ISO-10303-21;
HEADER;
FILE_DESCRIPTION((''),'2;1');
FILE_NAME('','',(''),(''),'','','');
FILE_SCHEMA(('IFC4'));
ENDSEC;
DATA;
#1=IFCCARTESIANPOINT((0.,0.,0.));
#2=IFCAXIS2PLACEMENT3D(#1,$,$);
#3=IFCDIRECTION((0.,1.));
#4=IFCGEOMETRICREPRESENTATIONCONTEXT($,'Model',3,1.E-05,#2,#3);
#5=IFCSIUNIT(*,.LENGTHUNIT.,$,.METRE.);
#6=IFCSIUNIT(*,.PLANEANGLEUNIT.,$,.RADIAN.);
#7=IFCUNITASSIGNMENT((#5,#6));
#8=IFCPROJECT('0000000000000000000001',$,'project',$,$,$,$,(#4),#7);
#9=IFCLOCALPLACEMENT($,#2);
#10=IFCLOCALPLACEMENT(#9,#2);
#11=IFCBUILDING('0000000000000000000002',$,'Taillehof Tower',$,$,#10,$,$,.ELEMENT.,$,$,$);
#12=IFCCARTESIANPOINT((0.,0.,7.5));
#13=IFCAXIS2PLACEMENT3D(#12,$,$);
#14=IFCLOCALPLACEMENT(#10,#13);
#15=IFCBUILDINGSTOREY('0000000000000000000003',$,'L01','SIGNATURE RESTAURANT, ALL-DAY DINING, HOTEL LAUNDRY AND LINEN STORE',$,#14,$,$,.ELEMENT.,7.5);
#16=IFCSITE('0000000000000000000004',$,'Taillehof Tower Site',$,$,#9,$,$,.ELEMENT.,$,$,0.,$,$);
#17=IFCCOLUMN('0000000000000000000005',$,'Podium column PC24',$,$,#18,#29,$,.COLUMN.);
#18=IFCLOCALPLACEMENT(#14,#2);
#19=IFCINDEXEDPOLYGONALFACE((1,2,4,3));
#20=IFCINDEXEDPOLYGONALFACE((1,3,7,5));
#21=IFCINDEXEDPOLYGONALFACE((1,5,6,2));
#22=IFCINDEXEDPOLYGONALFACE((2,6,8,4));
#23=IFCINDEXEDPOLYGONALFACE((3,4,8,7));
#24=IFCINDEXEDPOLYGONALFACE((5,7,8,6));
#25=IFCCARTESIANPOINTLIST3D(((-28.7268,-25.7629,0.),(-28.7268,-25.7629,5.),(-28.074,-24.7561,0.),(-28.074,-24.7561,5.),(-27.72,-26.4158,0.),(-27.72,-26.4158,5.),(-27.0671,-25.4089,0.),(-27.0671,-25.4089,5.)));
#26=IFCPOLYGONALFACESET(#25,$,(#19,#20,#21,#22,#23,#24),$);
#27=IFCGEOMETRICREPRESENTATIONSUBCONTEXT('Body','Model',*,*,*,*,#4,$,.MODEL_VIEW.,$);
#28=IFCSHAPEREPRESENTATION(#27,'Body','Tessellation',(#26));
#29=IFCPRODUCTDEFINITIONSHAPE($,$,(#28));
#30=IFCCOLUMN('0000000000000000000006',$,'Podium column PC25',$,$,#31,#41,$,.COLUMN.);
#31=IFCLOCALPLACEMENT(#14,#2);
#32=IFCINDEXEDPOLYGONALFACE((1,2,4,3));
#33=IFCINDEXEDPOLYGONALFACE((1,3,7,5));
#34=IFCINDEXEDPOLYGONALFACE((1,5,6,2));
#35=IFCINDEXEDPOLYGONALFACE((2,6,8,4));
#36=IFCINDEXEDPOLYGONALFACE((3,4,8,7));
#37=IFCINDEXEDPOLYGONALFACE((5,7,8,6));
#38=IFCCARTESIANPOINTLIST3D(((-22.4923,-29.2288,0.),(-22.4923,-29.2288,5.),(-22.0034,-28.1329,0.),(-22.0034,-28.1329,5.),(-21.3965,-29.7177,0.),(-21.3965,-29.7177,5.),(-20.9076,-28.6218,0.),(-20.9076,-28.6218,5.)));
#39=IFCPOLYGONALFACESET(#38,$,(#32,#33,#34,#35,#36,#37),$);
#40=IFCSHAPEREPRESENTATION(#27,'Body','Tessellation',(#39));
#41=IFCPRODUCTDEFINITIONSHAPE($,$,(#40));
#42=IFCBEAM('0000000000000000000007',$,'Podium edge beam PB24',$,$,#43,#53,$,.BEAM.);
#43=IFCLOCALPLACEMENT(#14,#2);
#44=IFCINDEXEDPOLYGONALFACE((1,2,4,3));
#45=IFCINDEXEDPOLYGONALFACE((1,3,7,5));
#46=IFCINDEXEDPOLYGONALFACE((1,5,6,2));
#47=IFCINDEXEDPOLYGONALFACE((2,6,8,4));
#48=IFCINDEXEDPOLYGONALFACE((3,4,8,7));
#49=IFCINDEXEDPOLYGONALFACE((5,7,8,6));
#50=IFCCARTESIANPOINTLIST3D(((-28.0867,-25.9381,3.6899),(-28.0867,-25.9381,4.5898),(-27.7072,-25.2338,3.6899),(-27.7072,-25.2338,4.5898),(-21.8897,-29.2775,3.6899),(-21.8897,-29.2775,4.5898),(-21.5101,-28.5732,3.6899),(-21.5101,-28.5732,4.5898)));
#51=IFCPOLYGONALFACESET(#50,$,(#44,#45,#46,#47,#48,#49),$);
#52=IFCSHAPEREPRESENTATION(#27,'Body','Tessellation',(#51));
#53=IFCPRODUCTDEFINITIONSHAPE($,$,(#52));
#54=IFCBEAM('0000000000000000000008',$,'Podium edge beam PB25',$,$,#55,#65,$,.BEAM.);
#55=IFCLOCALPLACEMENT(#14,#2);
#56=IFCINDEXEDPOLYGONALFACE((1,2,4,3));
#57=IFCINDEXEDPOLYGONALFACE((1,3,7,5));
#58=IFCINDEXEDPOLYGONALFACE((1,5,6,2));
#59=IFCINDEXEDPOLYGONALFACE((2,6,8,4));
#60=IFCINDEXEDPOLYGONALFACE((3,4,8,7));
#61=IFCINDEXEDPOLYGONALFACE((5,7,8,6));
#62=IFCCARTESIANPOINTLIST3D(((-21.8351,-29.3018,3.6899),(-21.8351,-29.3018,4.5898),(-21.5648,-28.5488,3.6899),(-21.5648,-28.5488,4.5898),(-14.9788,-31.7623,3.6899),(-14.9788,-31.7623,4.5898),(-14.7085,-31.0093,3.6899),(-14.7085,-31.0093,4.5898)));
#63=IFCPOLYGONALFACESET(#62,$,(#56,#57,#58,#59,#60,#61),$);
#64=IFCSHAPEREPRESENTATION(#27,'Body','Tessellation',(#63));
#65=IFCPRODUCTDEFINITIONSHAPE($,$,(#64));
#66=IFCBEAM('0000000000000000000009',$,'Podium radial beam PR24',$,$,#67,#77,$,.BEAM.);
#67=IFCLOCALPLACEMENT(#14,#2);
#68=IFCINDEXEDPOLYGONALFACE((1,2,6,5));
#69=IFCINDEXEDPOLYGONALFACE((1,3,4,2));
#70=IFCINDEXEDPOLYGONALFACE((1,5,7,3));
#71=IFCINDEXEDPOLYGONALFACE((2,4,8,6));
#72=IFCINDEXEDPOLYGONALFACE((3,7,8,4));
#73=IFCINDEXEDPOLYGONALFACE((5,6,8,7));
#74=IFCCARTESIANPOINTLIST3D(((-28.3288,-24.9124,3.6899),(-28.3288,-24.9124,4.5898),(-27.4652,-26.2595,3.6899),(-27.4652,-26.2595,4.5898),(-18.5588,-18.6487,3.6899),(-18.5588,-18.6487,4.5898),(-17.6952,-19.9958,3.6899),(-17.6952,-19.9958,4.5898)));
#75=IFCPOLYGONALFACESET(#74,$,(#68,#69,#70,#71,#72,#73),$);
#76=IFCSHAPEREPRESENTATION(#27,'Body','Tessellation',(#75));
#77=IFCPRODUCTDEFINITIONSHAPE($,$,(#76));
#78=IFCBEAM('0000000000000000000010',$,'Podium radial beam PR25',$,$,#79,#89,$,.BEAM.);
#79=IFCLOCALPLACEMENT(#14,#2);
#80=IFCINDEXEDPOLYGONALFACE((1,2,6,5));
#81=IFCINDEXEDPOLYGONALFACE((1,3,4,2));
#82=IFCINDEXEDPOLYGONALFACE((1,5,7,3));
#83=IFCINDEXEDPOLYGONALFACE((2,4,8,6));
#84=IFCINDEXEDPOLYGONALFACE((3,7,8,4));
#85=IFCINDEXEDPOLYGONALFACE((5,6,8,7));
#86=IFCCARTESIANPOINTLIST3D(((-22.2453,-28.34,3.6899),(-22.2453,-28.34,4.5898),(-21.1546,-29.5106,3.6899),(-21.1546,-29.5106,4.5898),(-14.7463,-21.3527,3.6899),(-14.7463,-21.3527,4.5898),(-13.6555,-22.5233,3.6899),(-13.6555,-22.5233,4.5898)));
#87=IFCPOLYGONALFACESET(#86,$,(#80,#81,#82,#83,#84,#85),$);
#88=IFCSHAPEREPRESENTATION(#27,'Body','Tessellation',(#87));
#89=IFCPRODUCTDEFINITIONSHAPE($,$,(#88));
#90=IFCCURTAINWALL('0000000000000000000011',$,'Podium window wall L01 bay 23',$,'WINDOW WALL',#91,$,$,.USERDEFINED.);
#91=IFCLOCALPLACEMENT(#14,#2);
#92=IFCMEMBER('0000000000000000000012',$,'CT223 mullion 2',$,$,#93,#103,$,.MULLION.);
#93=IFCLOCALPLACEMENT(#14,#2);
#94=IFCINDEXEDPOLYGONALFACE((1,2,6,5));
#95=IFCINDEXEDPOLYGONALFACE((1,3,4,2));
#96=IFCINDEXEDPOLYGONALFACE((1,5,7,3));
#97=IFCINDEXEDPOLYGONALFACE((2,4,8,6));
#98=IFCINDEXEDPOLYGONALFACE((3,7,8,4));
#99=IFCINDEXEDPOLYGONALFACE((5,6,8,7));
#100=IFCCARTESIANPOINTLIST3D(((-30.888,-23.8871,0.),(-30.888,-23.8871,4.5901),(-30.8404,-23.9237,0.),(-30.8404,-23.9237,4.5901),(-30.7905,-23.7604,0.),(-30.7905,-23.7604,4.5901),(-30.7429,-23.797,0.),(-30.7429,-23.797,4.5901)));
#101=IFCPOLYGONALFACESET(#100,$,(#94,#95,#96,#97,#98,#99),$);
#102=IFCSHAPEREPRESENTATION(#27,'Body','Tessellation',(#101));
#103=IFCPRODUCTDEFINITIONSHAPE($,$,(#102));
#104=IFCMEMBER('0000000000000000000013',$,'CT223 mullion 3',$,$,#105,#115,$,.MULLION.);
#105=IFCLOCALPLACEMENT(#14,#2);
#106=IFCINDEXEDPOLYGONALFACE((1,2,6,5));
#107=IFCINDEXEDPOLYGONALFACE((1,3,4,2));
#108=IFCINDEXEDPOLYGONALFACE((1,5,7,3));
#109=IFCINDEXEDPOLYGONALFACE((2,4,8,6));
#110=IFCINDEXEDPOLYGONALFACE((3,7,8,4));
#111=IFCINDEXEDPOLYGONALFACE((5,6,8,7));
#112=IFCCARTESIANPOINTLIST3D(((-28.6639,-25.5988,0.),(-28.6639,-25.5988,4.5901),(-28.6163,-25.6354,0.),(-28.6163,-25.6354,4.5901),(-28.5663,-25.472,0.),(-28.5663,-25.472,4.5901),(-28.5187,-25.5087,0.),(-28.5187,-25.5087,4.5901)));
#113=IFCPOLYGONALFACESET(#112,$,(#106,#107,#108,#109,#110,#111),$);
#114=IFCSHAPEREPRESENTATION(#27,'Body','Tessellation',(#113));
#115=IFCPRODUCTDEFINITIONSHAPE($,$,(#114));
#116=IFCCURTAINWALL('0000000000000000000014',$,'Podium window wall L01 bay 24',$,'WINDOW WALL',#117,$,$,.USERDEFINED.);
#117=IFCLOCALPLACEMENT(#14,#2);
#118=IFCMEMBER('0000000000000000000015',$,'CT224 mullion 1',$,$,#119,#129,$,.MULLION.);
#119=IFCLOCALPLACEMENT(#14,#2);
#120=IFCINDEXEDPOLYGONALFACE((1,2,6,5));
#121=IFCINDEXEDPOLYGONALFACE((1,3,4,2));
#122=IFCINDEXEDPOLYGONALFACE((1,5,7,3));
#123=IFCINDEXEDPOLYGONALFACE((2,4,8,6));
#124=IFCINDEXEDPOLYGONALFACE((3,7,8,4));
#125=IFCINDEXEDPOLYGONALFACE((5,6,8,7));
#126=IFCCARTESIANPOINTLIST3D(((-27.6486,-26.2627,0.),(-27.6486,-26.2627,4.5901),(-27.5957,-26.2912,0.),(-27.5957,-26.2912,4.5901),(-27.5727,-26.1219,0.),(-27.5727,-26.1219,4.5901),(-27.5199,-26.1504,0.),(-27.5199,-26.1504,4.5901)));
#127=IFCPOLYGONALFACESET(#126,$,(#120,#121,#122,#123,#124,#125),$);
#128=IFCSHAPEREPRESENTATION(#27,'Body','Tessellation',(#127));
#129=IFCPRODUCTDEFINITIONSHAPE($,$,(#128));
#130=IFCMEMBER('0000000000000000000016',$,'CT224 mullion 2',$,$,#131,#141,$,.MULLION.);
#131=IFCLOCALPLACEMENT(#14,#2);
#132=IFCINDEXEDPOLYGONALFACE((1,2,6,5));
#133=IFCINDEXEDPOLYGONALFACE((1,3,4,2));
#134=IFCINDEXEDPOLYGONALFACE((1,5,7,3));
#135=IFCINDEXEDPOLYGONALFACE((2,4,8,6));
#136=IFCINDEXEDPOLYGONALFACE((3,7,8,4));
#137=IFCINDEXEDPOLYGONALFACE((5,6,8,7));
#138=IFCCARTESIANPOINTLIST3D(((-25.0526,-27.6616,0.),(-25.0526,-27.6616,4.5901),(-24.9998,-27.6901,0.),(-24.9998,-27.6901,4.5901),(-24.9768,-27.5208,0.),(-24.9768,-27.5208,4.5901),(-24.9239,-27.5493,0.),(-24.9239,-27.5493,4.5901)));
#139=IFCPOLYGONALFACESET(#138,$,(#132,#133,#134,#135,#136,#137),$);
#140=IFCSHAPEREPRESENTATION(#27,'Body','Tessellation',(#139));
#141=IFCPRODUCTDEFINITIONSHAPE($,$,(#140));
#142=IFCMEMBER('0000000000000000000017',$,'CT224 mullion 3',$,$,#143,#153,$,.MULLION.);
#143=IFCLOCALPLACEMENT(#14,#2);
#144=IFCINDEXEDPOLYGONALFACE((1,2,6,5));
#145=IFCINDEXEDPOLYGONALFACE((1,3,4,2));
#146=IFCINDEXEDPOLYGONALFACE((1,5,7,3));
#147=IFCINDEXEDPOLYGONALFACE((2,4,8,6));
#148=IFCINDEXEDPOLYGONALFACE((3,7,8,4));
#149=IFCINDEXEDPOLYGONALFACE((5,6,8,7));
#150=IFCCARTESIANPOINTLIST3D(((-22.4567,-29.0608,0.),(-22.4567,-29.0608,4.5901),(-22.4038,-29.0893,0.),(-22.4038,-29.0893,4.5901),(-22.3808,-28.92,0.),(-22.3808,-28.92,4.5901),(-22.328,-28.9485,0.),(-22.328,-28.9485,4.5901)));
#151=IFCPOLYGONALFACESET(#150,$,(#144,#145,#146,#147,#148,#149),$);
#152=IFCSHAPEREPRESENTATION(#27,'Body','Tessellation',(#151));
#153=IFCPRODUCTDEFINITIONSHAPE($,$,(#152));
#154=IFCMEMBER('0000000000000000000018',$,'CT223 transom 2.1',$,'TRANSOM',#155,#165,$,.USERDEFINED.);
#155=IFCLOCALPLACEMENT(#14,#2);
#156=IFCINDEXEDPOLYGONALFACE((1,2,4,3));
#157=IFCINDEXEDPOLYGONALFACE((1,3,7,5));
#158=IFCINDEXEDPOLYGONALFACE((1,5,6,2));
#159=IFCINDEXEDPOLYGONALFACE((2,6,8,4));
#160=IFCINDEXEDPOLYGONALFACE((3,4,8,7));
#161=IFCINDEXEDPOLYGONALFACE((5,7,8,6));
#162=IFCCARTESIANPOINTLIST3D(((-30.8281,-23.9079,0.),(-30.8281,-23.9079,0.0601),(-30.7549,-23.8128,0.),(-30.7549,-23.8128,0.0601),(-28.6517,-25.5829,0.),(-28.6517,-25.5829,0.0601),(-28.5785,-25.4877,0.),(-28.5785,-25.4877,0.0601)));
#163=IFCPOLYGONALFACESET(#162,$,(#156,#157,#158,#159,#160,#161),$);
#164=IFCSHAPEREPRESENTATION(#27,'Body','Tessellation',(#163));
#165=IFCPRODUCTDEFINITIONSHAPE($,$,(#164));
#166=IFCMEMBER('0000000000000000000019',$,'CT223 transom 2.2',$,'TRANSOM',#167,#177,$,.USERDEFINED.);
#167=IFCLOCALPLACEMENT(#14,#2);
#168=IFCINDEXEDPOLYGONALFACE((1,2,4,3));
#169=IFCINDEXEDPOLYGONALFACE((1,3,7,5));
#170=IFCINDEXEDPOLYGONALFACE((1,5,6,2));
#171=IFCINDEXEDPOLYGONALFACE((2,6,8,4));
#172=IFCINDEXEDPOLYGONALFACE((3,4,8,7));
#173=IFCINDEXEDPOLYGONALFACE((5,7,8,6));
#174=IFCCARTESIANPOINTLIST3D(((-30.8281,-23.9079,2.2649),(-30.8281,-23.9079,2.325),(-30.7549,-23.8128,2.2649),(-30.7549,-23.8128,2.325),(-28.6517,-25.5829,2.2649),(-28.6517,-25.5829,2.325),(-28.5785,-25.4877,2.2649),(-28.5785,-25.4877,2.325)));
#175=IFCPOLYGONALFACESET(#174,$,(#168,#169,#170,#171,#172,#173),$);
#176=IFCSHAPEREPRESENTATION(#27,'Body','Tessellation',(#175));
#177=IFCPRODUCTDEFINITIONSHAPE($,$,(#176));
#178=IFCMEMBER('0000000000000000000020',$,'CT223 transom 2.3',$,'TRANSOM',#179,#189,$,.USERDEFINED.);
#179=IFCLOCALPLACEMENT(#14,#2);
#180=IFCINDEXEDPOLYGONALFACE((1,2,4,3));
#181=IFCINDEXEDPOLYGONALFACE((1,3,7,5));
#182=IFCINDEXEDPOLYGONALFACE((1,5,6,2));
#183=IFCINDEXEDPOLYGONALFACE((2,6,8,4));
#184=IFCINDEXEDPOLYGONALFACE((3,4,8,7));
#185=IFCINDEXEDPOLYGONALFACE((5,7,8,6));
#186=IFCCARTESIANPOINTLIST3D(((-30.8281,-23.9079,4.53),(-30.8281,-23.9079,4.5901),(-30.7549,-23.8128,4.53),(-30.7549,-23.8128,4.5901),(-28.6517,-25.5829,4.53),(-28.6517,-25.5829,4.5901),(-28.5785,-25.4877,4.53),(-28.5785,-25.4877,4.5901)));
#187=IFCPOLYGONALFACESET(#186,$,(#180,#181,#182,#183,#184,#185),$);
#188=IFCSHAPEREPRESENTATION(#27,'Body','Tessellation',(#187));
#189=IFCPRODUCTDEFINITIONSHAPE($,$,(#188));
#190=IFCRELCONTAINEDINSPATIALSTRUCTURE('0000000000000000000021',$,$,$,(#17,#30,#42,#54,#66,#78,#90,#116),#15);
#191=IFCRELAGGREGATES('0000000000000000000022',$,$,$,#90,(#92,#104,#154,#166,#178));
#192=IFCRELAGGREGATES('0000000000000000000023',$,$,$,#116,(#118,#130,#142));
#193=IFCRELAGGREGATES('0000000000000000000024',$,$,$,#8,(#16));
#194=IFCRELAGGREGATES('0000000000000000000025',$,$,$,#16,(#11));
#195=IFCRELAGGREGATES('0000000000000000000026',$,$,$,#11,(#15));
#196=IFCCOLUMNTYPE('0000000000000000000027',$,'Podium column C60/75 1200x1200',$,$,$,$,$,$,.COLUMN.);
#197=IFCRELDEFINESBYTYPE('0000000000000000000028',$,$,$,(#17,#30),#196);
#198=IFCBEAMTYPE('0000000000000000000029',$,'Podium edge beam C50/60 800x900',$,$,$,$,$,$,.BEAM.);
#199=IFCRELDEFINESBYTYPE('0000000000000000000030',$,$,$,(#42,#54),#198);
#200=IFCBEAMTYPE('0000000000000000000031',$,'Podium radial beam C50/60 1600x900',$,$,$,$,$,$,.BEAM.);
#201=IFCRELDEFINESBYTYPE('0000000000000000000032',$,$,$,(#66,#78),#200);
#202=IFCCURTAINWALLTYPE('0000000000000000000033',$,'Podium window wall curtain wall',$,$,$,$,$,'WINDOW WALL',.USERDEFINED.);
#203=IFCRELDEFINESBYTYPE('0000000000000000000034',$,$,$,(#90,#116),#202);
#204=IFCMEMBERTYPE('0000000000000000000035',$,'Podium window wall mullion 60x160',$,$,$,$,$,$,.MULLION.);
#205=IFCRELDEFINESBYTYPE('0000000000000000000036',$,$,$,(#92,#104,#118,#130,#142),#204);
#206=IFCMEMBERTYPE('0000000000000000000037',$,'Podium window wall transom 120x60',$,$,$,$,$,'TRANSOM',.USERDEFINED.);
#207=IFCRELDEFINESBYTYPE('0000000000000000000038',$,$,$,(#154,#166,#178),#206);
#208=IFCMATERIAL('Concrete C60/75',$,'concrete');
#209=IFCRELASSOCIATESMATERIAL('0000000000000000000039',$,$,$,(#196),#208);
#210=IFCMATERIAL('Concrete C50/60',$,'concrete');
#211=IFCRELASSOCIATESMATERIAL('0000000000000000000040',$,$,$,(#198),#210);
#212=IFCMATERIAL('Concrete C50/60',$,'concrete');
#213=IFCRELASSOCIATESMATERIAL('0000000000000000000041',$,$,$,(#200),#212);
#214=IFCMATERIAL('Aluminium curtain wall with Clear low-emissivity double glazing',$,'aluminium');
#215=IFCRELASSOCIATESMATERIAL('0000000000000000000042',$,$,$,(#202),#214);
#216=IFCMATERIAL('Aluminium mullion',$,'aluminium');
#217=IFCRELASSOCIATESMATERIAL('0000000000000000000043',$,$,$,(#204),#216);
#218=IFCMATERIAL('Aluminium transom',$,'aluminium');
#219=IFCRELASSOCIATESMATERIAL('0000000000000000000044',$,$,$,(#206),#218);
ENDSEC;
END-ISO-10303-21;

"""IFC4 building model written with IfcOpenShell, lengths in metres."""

from ifc_helpers import new_model, si_unit, direction, frame, origin, origin_2d, place, context, subcontext, project, spatial, rectangle, extrude, material, material_profile, profile_set, type_object, element, aggregate, save


model = new_model("IFC4")

# Units and contexts
model_context = context("Model", 3, precision=1e-05, world=origin(), true_north=direction((0.0, 1.0)))
body_context = subcontext(model_context, "Body", "Model", "MODEL_VIEW")
ifc_project = project(units=[si_unit("LENGTHUNIT", "METRE"), si_unit("PLANEANGLEUNIT", "RADIAN")], contexts=[model_context])

# Site, building, storey
site_placement = place(None, origin())
site = spatial("IfcSite", under=ifc_project, at=site_placement, Name="Taillehof Tower Site", CompositionType="ELEMENT", RefElevation=0.0)
building_placement = place(site_placement, origin())
building = spatial("IfcBuilding", under=site, at=building_placement, Name="Taillehof Tower", CompositionType="ELEMENT")
storey_placement = place(building_placement, frame((0.0, 0.0, 7.5)))
storey = spatial("IfcBuildingStorey", under=building, at=storey_placement, Name="L01", Description="SIGNATURE RESTAURANT, ALL-DAY DINING, HOTEL LAUNDRY AND LINEN STORE", CompositionType="ELEMENT", Elevation=7.5)

# Columns
ifc_material_1 = material(Name="Concrete C60/75", Category="concrete")
ifc_material_profile_1 = material_profile(ifc_material_1, rectangle(XDim=1.2, YDim=1.2, at=origin_2d()), Name="RC 1200x1200")
ifc_profile_set_1 = profile_set([ifc_material_profile_1], Name="Concrete C60/75")
column_type = type_object("IfcColumnType", Name="Podium column C60/75 1200x1200", PredefinedType="COLUMN", material=ifc_profile_set_1)
for number, where, z_axis, x_axis, name in (
    (1, (-27.897, -25.5859, 0.0), (0.0, 0.0, 1.0), (-0.544041, -0.839058, 0.0), "Podium column PC24"),
    (2, (-21.7, -28.9253, 0.0), (0.0, 0.0, 1.0), (-0.407427, -0.913238, 0.0), "Podium column PC25"),
):
    element("IfcColumn", number, at=place(storey_placement, frame(where, z_axis=z_axis, x_axis=x_axis)), inside=storey, type_object=column_type, Name=name, PredefinedType="COLUMN", context=body_context, shape_type="SweptSolid", body=[
        extrude(rectangle(XDim=1.2, YDim=1.2, at=origin_2d()), origin(), (0.0, 0.0, 1.0), 5.0),
    ])

# Beams
ifc_material_2 = material(Name="Concrete C50/60", Category="concrete")
ifc_material_profile_2 = material_profile(ifc_material_2, rectangle(XDim=0.8, YDim=0.8999, at=origin_2d()), Name="RC 800x900")
ifc_profile_set_2 = profile_set([ifc_material_profile_2], Name="Concrete C50/60")
beam_type_1 = type_object("IfcBeamType", Name="Podium edge beam C50/60 800x900", PredefinedType="BEAM", material=ifc_profile_set_2)
beam_1_placement = place(storey_placement, frame((-27.897, -25.5859, 4.1399), z_axis=(0.880323, -0.474375, 0.0), x_axis=(0.474375, 0.880323, 0.0)))
element("IfcBeam", 3, at=beam_1_placement, inside=storey, type_object=beam_type_1, Name="Podium edge beam PB24", PredefinedType="BEAM", context=body_context, shape_type="SweptSolid", body=[
    extrude(rectangle(XDim=0.8, YDim=0.8999, at=origin_2d()), origin(), (0.0, 0.0, 1.0), 7.0396),
])
beam_2_placement = place(storey_placement, frame((-21.7, -28.9253, 4.1399), z_axis=(0.941227, -0.337773, 0.0), x_axis=(0.337773, 0.941227, 0.0)))
element("IfcBeam", 4, at=beam_2_placement, inside=storey, type_object=beam_type_1, Name="Podium edge beam PB25", PredefinedType="BEAM", context=body_context, shape_type="SweptSolid", body=[
    extrude(rectangle(XDim=0.8, YDim=0.8999, at=origin_2d()), origin(), (0.0, 0.0, 1.0), 7.2844),
])
ifc_material_3 = material(Name="Concrete C50/60", Category="concrete")
ifc_material_profile_3 = material_profile(ifc_material_3, rectangle(XDim=1.6001, YDim=0.8999, at=origin_2d()), Name="RC 1600x900")
ifc_profile_set_3 = profile_set([ifc_material_profile_3], Name="Concrete C50/60")
beam_type_2 = type_object("IfcBeamType", Name="Podium radial beam C50/60 1600x900", PredefinedType="BEAM", material=ifc_profile_set_3)
beam_3_placement = place(storey_placement, frame((-27.897, -25.5859, 4.1399), z_axis=(0.841846, 0.539717, 0.0), x_axis=(-0.539717, 0.841846, 0.0)))
element("IfcBeam", 5, at=beam_3_placement, inside=storey, type_object=beam_type_2, Name="Podium radial beam PR24", PredefinedType="BEAM", context=body_context, shape_type="SweptSolid", body=[
    extrude(rectangle(XDim=1.6001, YDim=0.8999, at=origin_2d()), origin(), (0.0, 0.0, 1.0), 11.6055),
])
beam_4_placement = place(storey_placement, frame((-21.7, -28.9253, 4.1399), z_axis=(0.731628, 0.681704, 0.0), x_axis=(-0.681704, 0.731628, 0.0)))
element("IfcBeam", 6, at=beam_4_placement, inside=storey, type_object=beam_type_2, Name="Podium radial beam PR25", PredefinedType="BEAM", context=body_context, shape_type="SweptSolid", body=[
    extrude(rectangle(XDim=1.6001, YDim=0.8999, at=origin_2d()), origin(), (0.0, 0.0, 1.0), 10.2498),
])

# Curtain walls, members
ifc_material_4 = material(Name="Aluminium curtain wall with Clear low-emissivity double glazing", Category="aluminium")
curtain_wall_type = type_object("IfcCurtainWallType", Name="Podium window wall curtain wall", ElementType="WINDOW WALL", PredefinedType="USERDEFINED", material=ifc_material_4)
curtain_wall_1_placement = place(storey_placement, origin())
curtain_wall_1 = element("IfcCurtainWall", 7, at=curtain_wall_1_placement, inside=storey, type_object=curtain_wall_type, Name="Podium window wall L01 bay 23", ObjectType="WINDOW WALL", PredefinedType="USERDEFINED")
ifc_material_5 = material(Name="Aluminium mullion", Category="aluminium")
ifc_material_profile_4 = material_profile(ifc_material_5, rectangle(XDim=0.1599, YDim=0.0601, at=origin_2d()), Name="AL 60x160")
ifc_profile_set_4 = profile_set([ifc_material_profile_4], Name="Aluminium mullion")
member_type_1 = type_object("IfcMemberType", Name="Podium window wall mullion 60x160", PredefinedType="MULLION", material=ifc_profile_set_4)
member_1_placement = place(storey_placement, frame((-30.8154, -23.842, 0.0), z_axis=(0.0, 0.0, 1.0), x_axis=(0.609932, 0.792454, 0.0)))
member_1 = element("IfcMember", 8, at=member_1_placement, type_object=member_type_1, Name="CT223 mullion 2", PredefinedType="MULLION", context=body_context, shape_type="SweptSolid", body=[
    extrude(rectangle(XDim=0.1599, YDim=0.0601, at=origin_2d()), origin(), (0.0, 0.0, 1.0), 4.5901),
])
member_2_placement = place(storey_placement, frame((-28.5913, -25.5537, 0.0), z_axis=(0.0, 0.0, 1.0), x_axis=(0.609932, 0.792454, 0.0)))
member_2 = element("IfcMember", 9, at=member_2_placement, type_object=member_type_1, Name="CT223 mullion 3", PredefinedType="MULLION", context=body_context, shape_type="SweptSolid", body=[
    extrude(rectangle(XDim=0.1599, YDim=0.0601, at=origin_2d()), origin(), (0.0, 0.0, 1.0), 4.5901),
])
curtain_wall_2_placement = place(storey_placement, origin())
curtain_wall_2 = element("IfcCurtainWall", 10, at=curtain_wall_2_placement, inside=storey, type_object=curtain_wall_type, Name="Podium window wall L01 bay 24", ObjectType="WINDOW WALL", PredefinedType="USERDEFINED")
member_3_placement = place(storey_placement, frame((-27.5842, -26.2065, 0.0), z_axis=(0.0, 0.0, 1.0), x_axis=(0.474415, 0.880301, 0.0)))
member_3 = element("IfcMember", 11, at=member_3_placement, type_object=member_type_1, Name="CT224 mullion 1", PredefinedType="MULLION", context=body_context, shape_type="SweptSolid", body=[
    extrude(rectangle(XDim=0.1599, YDim=0.0601, at=origin_2d()), origin(), (0.0, 0.0, 1.0), 4.5901),
])
member_4_placement = place(storey_placement, frame((-24.9883, -27.6055, 0.0), z_axis=(0.0, 0.0, 1.0), x_axis=(0.474415, 0.880301, 0.0)))
member_4 = element("IfcMember", 12, at=member_4_placement, type_object=member_type_1, Name="CT224 mullion 2", PredefinedType="MULLION", context=body_context, shape_type="SweptSolid", body=[
    extrude(rectangle(XDim=0.1599, YDim=0.0601, at=origin_2d()), origin(), (0.0, 0.0, 1.0), 4.5901),
])
member_5_placement = place(storey_placement, frame((-22.3923, -29.0046, 0.0), z_axis=(0.0, 0.0, 1.0), x_axis=(0.474415, 0.880301, 0.0)))
member_5 = element("IfcMember", 13, at=member_5_placement, type_object=member_type_1, Name="CT224 mullion 3", PredefinedType="MULLION", context=body_context, shape_type="SweptSolid", body=[
    extrude(rectangle(XDim=0.1599, YDim=0.0601, at=origin_2d()), origin(), (0.0, 0.0, 1.0), 4.5901),
])

# Members
ifc_material_6 = material(Name="Aluminium transom", Category="aluminium")
ifc_material_profile_5 = material_profile(ifc_material_6, rectangle(XDim=0.1201, YDim=0.0601, at=origin_2d()), Name="AL 120x60")
ifc_profile_set_5 = profile_set([ifc_material_profile_5], Name="Aluminium transom")
member_type_2 = type_object("IfcMemberType", Name="Podium window wall transom 120x60", ElementType="TRANSOM", PredefinedType="USERDEFINED", material=ifc_profile_set_5)
member_6_placement = place(storey_placement, frame((-30.7915, -23.8604, 0.03), z_axis=(0.792482, -0.609895, 0.0), x_axis=(0.609895, 0.792482, 0.0)))
member_6 = element("IfcMember", 14, at=member_6_placement, type_object=member_type_2, Name="CT223 transom 2.1", ObjectType="TRANSOM", PredefinedType="USERDEFINED", context=body_context, shape_type="SweptSolid", body=[
    extrude(rectangle(XDim=0.1201, YDim=0.0601, at=origin_2d()), origin(), (0.0, 0.0, 1.0), 2.7463),
])
member_7_placement = place(storey_placement, frame((-30.7915, -23.8604, 2.2949), z_axis=(0.792482, -0.609895, 0.0), x_axis=(0.609895, 0.792482, 0.0)))
member_7 = element("IfcMember", 15, at=member_7_placement, type_object=member_type_2, Name="CT223 transom 2.2", ObjectType="TRANSOM", PredefinedType="USERDEFINED", context=body_context, shape_type="SweptSolid", body=[
    extrude(rectangle(XDim=0.1201, YDim=0.0601, at=origin_2d()), origin(), (0.0, 0.0, 1.0), 2.7463),
])
member_8_placement = place(storey_placement, frame((-30.7915, -23.8604, 4.5601), z_axis=(0.792482, -0.609895, 0.0), x_axis=(0.609895, 0.792482, 0.0)))
member_8 = element("IfcMember", 16, at=member_8_placement, type_object=member_type_2, Name="CT223 transom 2.3", ObjectType="TRANSOM", PredefinedType="USERDEFINED", context=body_context, shape_type="SweptSolid", body=[
    extrude(rectangle(XDim=0.1201, YDim=0.0601, at=origin_2d()), origin(), (0.0, 0.0, 1.0), 2.7463),
])

aggregate(curtain_wall_1, [member_1, member_2, member_6, member_7, member_8])
aggregate(curtain_wall_2, [member_3, member_4, member_5])

save(model, "model.ifc")
